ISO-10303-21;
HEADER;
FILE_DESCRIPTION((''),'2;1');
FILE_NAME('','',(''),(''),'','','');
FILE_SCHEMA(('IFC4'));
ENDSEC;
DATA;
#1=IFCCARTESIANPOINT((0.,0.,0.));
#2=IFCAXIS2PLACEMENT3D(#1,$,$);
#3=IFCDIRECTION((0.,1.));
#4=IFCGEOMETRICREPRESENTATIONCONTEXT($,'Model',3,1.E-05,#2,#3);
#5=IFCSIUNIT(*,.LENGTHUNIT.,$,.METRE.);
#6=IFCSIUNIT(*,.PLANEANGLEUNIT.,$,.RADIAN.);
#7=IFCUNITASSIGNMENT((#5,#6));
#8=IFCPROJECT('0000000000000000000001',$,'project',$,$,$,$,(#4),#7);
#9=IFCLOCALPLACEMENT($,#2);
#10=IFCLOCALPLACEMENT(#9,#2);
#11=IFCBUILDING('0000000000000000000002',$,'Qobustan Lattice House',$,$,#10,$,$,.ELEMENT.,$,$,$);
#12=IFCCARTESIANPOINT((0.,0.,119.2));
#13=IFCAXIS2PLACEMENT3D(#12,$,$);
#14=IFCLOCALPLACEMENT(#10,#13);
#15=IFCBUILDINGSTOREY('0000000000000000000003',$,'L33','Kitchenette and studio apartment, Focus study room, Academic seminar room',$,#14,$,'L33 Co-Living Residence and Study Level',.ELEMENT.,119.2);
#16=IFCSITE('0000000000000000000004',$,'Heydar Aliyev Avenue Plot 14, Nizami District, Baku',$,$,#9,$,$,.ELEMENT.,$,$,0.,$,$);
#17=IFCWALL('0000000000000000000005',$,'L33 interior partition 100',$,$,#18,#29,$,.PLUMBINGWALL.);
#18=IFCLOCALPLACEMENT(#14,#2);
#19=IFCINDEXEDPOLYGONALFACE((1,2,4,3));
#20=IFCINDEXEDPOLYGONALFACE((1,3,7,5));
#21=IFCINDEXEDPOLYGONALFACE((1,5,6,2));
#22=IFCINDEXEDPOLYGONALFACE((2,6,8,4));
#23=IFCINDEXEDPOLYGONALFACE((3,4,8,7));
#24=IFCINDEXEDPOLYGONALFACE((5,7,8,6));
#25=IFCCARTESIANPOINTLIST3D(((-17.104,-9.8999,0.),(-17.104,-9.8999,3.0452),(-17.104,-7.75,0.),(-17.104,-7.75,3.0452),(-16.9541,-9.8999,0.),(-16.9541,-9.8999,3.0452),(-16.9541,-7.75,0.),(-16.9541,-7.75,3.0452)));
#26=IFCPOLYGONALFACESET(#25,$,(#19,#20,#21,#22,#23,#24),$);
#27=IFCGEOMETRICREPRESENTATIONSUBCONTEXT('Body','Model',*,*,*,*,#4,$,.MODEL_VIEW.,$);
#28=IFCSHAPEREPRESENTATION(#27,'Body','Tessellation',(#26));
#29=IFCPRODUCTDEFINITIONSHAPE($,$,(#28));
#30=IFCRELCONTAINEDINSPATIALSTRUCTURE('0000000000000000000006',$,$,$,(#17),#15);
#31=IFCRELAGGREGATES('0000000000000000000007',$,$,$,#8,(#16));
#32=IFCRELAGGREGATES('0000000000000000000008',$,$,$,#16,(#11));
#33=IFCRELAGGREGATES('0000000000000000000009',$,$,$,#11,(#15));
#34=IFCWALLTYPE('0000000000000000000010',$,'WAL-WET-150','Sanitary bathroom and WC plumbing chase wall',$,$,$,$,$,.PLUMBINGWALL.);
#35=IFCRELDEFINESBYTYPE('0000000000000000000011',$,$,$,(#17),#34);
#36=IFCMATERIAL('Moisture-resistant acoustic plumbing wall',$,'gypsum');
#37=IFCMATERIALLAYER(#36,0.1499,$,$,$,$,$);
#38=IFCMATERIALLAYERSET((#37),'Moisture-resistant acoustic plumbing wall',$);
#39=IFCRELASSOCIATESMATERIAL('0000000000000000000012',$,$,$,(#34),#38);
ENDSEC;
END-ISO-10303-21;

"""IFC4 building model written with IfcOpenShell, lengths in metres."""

from ifc_helpers import new_model, si_unit, direction, frame, frame_2d, origin, place, context, subcontext, project, spatial, rectangle, extrude, material, layer, layer_set, type_object, element, save


model = new_model("IFC4")

# Units and contexts
model_context = context("Model", 3, precision=1e-05, world=origin(), true_north=direction((0.0, 1.0)))
body_context = subcontext(model_context, "Body", "Model", "MODEL_VIEW")
ifc_project = project(units=[si_unit("LENGTHUNIT", "METRE"), si_unit("PLANEANGLEUNIT", "RADIAN")], contexts=[model_context])

# Site, building, storey
site_placement = place(None, origin())
site = spatial("IfcSite", under=ifc_project, at=site_placement, Name="Heydar Aliyev Avenue Plot 14, Nizami District, Baku", CompositionType="ELEMENT", RefElevation=0.0)
building_placement = place(site_placement, origin())
building = spatial("IfcBuilding", under=site, at=building_placement, Name="Qobustan Lattice House", CompositionType="ELEMENT")
storey_placement = place(building_placement, frame((0.0, 0.0, 119.2)))
storey = spatial("IfcBuildingStorey", under=building, at=storey_placement, Name="L33", Description="Kitchenette and studio apartment, Focus study room, Academic seminar room", LongName="L33 Co-Living Residence and Study Level", CompositionType="ELEMENT", Elevation=119.2)

# Wall
ifc_material_1 = material(Name="Moisture-resistant acoustic plumbing wall", Category="gypsum")
ifc_layer_1 = layer(ifc_material_1, 0.1499)
ifc_layer_set_1 = layer_set([ifc_layer_1], Name="Moisture-resistant acoustic plumbing wall")
wall_type_1 = type_object("IfcWallType", Name="WAL-WET-150", Description="Sanitary bathroom and WC plumbing chase wall", PredefinedType="PLUMBINGWALL", material=ifc_layer_set_1)
wall_1_placement = place(storey_placement, frame((-17.0291, -7.75, 0.0), z_axis=(0.0, 0.0, 1.0), x_axis=(0.0, -1.0, 0.0)))
element("IfcWall", 1, at=wall_1_placement, inside=storey, type_object=wall_type_1, Name="L33 interior partition 100", PredefinedType="PLUMBINGWALL", context=body_context, shape_type="SweptSolid", body=[
    extrude(rectangle(XDim=2.1499, YDim=0.1499, at=frame_2d((1.075, 0.0))), origin(), (0.0, 0.0, 1.0), 3.0452),
])

save(model, "model.ifc")
